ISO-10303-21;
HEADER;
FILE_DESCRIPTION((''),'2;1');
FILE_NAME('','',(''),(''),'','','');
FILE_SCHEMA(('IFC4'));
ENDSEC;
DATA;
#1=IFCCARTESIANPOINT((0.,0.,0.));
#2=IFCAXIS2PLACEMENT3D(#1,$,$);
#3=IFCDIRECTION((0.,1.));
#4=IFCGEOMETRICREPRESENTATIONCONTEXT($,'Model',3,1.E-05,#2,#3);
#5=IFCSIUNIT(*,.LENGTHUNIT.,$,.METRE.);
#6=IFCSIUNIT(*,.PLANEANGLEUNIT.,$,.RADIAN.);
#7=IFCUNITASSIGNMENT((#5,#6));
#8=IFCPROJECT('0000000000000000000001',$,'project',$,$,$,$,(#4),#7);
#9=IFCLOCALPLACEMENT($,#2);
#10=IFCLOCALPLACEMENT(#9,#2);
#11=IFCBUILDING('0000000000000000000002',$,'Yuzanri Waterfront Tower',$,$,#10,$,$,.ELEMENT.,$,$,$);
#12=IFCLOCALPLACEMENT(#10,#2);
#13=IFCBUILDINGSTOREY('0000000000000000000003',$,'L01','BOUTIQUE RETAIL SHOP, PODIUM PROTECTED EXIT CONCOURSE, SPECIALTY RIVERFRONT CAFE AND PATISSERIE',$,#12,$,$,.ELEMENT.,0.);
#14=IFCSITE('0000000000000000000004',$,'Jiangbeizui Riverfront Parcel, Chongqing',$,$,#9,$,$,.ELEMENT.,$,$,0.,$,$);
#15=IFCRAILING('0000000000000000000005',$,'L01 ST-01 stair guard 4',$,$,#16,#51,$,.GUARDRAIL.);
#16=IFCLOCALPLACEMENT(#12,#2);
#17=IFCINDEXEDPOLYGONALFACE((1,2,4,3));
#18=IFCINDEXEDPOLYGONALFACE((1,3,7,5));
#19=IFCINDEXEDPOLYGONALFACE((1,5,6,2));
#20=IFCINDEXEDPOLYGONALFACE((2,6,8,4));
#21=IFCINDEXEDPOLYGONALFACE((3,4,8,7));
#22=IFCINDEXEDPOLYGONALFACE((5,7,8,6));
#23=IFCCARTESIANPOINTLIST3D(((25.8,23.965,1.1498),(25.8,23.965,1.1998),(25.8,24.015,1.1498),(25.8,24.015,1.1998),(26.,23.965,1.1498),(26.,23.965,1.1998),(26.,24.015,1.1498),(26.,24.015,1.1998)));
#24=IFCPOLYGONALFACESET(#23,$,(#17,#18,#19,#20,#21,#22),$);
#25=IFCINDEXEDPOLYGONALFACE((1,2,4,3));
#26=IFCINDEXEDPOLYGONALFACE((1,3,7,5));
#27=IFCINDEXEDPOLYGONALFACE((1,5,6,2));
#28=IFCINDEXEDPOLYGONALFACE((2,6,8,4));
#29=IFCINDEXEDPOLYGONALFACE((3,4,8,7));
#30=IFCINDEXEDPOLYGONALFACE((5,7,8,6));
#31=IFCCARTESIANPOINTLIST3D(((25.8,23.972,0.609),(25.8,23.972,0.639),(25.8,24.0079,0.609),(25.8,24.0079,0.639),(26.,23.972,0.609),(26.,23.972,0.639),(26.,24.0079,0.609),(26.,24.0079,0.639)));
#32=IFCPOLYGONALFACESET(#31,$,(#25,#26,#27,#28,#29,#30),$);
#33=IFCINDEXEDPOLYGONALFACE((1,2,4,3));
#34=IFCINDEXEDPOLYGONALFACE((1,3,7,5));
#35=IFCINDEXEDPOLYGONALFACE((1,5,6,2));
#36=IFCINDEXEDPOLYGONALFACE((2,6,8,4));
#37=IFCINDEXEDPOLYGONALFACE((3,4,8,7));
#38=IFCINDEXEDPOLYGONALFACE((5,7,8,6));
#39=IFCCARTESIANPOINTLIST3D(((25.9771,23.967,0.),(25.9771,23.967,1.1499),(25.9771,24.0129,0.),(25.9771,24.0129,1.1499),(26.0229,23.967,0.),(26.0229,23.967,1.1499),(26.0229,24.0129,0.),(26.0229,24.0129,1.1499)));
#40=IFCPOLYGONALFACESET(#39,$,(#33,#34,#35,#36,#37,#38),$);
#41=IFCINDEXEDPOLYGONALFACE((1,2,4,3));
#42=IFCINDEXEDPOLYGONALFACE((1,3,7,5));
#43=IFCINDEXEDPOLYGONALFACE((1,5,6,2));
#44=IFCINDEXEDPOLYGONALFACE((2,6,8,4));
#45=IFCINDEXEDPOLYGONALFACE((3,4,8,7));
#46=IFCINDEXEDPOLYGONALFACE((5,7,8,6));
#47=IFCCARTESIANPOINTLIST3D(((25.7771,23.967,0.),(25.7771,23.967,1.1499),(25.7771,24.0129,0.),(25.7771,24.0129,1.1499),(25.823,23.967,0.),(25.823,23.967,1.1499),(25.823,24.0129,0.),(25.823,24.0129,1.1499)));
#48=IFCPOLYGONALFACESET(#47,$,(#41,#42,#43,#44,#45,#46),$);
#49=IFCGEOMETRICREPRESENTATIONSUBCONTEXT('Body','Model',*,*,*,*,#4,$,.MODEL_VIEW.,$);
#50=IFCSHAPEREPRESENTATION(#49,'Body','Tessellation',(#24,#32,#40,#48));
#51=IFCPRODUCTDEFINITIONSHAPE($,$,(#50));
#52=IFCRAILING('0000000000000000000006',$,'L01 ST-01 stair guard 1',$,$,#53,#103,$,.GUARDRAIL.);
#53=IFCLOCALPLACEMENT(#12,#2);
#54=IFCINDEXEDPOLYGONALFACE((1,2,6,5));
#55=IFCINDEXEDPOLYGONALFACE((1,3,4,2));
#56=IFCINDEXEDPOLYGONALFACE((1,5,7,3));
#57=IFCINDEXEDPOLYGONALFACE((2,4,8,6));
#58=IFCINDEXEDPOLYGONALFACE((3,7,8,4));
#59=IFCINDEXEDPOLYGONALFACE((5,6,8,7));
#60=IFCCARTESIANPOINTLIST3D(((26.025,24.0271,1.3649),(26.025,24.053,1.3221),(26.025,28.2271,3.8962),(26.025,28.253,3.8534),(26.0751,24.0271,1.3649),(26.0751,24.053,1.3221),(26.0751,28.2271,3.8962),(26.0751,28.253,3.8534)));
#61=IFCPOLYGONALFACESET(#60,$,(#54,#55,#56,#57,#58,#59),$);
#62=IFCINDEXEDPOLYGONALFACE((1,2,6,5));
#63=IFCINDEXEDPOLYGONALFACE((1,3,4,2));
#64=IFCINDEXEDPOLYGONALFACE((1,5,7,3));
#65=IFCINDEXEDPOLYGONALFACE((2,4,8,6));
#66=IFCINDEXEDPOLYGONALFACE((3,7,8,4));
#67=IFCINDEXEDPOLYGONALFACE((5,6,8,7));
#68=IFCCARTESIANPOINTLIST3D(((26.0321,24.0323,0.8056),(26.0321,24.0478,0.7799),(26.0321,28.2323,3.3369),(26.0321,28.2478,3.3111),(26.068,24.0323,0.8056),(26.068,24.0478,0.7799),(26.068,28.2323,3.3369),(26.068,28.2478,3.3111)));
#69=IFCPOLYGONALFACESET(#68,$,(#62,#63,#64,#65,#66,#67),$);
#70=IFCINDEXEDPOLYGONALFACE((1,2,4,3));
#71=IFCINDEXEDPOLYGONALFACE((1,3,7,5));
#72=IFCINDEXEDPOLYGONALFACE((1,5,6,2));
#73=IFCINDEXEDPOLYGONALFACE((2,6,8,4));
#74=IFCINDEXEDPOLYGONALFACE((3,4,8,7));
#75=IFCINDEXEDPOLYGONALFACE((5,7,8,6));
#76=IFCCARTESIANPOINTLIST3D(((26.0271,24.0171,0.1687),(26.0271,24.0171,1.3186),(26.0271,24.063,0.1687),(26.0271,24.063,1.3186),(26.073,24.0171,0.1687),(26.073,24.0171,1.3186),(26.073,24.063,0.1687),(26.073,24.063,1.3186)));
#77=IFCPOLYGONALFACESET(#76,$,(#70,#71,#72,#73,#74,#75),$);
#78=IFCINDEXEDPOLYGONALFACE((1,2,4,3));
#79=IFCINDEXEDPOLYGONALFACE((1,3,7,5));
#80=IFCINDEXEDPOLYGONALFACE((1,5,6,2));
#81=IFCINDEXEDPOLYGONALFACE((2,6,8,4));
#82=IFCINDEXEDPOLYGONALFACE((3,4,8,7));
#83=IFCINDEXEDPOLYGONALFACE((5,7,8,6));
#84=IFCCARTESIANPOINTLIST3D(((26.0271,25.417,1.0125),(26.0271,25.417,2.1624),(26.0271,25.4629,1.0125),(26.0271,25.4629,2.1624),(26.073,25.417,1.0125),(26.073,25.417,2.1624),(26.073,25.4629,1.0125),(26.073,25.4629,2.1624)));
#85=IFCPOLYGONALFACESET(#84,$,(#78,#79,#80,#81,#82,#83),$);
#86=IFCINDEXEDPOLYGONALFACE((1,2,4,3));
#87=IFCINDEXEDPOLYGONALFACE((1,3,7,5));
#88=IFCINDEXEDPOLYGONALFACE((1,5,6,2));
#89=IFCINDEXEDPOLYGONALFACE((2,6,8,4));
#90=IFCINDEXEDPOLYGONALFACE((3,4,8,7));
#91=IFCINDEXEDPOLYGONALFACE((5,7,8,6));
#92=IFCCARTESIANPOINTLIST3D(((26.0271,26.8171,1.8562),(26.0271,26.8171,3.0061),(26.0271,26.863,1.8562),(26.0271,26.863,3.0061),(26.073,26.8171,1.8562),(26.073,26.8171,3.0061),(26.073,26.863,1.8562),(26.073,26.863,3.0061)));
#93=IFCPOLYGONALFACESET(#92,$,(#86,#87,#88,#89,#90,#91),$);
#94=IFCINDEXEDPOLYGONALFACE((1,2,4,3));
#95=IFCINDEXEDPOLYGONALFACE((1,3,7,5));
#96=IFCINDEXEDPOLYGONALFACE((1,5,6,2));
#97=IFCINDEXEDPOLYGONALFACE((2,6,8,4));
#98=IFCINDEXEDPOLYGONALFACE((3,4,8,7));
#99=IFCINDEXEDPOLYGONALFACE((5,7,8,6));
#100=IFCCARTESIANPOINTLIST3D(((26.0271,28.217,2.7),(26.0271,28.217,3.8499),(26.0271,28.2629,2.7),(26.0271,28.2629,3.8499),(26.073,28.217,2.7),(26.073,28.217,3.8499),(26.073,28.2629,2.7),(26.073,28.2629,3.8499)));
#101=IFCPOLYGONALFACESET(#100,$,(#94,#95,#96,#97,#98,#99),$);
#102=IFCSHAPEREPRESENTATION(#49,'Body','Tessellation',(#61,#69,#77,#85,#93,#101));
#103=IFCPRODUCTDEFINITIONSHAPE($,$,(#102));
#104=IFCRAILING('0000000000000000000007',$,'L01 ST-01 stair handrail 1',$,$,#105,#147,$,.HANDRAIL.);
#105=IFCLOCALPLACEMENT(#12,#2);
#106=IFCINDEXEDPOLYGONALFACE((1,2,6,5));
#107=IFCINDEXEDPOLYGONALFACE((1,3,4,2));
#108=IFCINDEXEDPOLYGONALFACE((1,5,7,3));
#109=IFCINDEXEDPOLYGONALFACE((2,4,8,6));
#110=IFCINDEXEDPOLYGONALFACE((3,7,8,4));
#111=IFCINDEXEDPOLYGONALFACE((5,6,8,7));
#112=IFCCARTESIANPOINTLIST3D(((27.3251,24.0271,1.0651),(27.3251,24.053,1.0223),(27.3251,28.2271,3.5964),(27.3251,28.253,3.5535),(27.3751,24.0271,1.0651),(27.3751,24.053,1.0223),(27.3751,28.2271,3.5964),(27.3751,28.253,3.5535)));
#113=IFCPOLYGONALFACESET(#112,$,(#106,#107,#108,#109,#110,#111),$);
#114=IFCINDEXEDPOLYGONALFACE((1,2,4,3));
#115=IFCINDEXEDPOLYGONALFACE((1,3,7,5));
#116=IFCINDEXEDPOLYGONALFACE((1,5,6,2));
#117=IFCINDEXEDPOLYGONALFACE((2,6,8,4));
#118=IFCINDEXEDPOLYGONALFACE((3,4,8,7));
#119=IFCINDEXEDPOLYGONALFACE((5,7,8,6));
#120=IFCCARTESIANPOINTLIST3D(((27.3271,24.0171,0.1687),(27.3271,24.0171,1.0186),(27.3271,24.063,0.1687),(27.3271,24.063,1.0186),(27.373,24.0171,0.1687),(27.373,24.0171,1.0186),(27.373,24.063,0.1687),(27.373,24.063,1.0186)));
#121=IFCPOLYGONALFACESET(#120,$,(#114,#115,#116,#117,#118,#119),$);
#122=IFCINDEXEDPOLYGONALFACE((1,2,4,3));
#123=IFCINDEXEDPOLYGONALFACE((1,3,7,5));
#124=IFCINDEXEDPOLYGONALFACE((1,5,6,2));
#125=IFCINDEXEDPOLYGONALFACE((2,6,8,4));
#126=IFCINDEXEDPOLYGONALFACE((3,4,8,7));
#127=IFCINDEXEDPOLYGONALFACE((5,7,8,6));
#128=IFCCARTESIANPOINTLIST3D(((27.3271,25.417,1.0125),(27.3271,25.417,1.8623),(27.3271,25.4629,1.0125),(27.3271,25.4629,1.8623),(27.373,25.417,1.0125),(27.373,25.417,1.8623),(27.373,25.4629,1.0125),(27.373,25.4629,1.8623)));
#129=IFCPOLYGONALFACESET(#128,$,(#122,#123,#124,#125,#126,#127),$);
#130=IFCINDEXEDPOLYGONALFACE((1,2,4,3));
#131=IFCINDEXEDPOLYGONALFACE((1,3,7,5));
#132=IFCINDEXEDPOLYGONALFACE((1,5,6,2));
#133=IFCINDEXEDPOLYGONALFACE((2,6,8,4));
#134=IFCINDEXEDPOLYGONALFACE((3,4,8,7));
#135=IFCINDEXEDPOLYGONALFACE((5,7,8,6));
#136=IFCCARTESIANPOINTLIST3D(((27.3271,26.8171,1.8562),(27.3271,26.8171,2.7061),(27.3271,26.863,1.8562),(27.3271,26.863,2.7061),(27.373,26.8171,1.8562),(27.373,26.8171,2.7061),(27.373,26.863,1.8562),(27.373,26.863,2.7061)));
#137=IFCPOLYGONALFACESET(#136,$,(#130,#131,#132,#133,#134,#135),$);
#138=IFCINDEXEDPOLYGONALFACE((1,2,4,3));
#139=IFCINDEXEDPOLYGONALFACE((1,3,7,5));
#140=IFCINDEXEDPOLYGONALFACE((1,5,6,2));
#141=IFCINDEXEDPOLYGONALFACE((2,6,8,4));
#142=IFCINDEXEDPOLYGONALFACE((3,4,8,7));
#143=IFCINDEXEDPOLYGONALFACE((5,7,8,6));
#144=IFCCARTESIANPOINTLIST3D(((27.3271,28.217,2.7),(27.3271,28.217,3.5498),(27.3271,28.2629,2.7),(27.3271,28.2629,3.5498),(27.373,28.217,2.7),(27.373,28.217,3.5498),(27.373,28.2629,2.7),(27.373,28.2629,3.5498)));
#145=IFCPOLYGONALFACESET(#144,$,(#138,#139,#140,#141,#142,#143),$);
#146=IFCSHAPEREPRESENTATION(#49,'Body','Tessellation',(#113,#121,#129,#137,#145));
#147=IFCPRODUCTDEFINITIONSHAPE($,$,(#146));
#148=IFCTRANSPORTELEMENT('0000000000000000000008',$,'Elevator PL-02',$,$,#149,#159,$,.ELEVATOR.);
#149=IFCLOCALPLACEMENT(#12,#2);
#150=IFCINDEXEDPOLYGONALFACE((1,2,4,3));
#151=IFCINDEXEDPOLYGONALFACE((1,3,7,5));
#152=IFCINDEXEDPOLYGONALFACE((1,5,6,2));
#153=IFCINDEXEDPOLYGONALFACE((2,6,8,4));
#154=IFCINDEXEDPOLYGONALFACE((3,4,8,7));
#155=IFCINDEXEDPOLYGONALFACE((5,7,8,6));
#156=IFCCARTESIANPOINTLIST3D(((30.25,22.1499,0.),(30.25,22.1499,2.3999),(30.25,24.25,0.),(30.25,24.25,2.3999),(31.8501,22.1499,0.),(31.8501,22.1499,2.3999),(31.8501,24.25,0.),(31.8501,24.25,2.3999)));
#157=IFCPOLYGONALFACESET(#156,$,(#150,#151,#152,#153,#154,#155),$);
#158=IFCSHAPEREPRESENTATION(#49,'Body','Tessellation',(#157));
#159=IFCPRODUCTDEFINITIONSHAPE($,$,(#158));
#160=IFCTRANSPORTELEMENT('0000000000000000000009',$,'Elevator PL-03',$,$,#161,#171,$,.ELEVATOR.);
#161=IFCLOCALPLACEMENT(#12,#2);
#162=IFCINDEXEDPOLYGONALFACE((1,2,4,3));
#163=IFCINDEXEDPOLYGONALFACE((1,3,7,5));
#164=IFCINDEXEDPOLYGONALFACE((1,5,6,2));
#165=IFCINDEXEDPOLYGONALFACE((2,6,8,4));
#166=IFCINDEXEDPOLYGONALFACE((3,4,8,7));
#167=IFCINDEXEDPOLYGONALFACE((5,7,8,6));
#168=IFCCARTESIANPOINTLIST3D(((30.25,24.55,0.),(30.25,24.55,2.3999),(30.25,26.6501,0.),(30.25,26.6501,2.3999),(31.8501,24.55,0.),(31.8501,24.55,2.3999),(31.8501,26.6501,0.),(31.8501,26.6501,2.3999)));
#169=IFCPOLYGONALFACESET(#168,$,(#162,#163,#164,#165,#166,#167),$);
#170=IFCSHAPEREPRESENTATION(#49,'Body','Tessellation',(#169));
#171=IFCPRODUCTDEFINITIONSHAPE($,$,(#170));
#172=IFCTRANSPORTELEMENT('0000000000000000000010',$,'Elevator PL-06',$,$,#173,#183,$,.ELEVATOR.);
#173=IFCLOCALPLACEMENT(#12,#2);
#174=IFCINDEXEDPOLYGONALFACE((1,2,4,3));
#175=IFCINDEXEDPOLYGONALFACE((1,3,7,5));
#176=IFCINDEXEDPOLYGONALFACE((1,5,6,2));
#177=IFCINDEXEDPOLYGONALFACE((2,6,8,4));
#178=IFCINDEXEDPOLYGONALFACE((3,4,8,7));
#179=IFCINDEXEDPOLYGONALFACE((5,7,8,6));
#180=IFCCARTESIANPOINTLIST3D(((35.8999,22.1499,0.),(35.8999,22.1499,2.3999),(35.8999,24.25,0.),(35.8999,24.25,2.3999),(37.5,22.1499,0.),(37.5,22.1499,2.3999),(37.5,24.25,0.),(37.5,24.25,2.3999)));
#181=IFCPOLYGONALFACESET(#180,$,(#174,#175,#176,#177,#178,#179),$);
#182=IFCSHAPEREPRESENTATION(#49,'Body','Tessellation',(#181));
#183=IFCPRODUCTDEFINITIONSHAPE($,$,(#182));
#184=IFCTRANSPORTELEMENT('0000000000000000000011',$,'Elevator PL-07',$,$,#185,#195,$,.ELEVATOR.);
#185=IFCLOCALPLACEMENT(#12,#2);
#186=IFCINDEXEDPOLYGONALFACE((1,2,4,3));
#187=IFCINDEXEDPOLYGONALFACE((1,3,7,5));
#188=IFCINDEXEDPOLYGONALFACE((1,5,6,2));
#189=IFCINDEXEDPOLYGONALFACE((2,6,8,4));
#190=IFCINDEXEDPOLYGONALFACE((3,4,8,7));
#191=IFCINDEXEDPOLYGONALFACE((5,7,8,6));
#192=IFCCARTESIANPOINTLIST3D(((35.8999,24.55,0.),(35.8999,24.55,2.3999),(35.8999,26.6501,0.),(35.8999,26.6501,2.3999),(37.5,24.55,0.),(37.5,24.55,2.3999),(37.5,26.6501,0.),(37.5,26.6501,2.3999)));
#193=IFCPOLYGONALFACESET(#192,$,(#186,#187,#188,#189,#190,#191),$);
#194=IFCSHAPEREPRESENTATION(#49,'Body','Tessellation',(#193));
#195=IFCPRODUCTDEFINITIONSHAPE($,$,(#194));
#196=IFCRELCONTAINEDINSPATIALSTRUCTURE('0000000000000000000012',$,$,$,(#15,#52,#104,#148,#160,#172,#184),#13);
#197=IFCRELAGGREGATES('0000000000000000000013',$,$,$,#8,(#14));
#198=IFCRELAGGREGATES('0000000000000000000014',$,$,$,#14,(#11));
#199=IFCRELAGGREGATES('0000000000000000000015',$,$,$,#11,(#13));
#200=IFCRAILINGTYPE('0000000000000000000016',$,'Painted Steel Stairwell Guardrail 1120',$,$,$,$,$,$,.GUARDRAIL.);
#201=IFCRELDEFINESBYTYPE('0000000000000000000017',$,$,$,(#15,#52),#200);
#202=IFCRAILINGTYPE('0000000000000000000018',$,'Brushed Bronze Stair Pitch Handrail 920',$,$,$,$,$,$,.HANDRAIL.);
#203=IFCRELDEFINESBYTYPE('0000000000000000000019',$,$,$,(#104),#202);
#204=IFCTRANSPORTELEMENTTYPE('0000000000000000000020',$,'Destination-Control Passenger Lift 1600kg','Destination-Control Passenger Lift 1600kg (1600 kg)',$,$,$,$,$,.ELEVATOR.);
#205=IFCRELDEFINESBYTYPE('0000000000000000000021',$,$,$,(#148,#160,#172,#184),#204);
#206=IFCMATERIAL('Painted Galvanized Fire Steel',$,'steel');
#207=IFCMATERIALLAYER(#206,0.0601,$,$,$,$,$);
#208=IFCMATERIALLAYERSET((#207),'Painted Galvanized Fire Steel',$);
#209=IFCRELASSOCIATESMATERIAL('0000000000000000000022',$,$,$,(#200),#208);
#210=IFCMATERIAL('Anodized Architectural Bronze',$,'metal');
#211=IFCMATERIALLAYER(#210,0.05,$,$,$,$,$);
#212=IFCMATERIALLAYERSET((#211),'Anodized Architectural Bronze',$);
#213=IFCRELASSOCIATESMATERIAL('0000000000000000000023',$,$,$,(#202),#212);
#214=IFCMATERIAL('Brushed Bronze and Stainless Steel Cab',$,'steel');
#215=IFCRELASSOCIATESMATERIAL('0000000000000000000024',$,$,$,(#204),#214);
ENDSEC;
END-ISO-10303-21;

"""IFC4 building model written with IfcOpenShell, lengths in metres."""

from ifc_helpers import new_model, si_unit, direction, frame, origin, origin_2d, place, context, subcontext, project, spatial, rectangle, extrude, source, transform, mapped, material, layer, layer_set, type_object, element, save


model = new_model("IFC4")

# Units and contexts
model_context = context("Model", 3, precision=1e-05, world=origin(), true_north=direction((0.0, 1.0)))
body_context = subcontext(model_context, "Body", "Model", "MODEL_VIEW")
ifc_project = project(units=[si_unit("LENGTHUNIT", "METRE"), si_unit("PLANEANGLEUNIT", "RADIAN")], contexts=[model_context])

# Site, building, storey
site_placement = place(None, origin())
site = spatial("IfcSite", under=ifc_project, at=site_placement, Name="Jiangbeizui Riverfront Parcel, Chongqing", CompositionType="ELEMENT", RefElevation=0.0)
building_placement = place(site_placement, origin())
building = spatial("IfcBuilding", under=site, at=building_placement, Name="Yuzanri Waterfront Tower", CompositionType="ELEMENT")
storey_placement = place(building_placement, origin())
storey = spatial("IfcBuildingStorey", under=building, at=storey_placement, Name="L01", Description="BOUTIQUE RETAIL SHOP, PODIUM PROTECTED EXIT CONCOURSE, SPECIALTY RIVERFRONT CAFE AND PATISSERIE", CompositionType="ELEMENT", Elevation=0.0)

# Railings
ifc_material_1 = material(Name="Painted Galvanized Fire Steel", Category="steel")
ifc_layer_1 = layer(ifc_material_1, 0.0601)
ifc_layer_set_1 = layer_set([ifc_layer_1], Name="Painted Galvanized Fire Steel")
railing_type_1 = type_object("IfcRailingType", Name="Painted Steel Stairwell Guardrail 1120", PredefinedType="GUARDRAIL", material=ifc_layer_set_1)
shared_shape_1 = source(origin(), body_context, "Body", "SweptSolid", [
    extrude(rectangle(XDim=0.05, YDim=0.05, at=origin_2d()), frame((0.0, 0.0, 1.1748), z_axis=(-1.0, 0.0, 0.0), x_axis=(0.0, -1.0, 0.0)), (0.0, 0.0, 1.0), 0.2),
    extrude(rectangle(XDim=0.0359, YDim=0.03, at=origin_2d()), frame((0.0, 0.0, 0.624), z_axis=(-1.0, 0.0, 0.0), x_axis=(0.0, -1.0, 0.0)), (0.0, 0.0, 1.0), 0.2),
    extrude(rectangle(XDim=0.0459, YDim=0.0459, at=origin_2d()), origin(), (0.0, 0.0, 1.0), 1.1499),
    extrude(rectangle(XDim=0.0459, YDim=0.0459, at=origin_2d()), frame((-0.2, 0.0, 0.0)), (0.0, 0.0, 1.0), 1.1499),
])
railing_1_placement = place(storey_placement, frame((26.0, 23.99, 0.0)))
element("IfcRailing", 1, at=railing_1_placement, inside=storey, type_object=railing_type_1, Name="L01 ST-01 stair guard 4", PredefinedType="GUARDRAIL", context=body_context, shape_type="MappedRepresentation", body=[
    mapped(shared_shape_1, transform((0.0, 0.0, 0.0), scale=1.0)),
])
shared_shape_2 = source(origin(), body_context, "Body", "SweptSolid", [
    extrude(rectangle(XDim=0.05, YDim=0.05, at=origin_2d()), frame((0.0, 0.0, 1.1748), z_axis=(0.0, 0.856476, 0.516186), x_axis=(-1.0, 0.0, 0.0)), (0.0, 0.0, 1.0), 4.9038),
    extrude(rectangle(XDim=0.0359, YDim=0.03, at=origin_2d()), frame((0.0, 0.0, 0.624), z_axis=(0.0, 0.856476, 0.516186), x_axis=(-1.0, 0.0, 0.0)), (0.0, 0.0, 1.0), 4.9038),
    extrude(rectangle(XDim=0.0459, YDim=0.0459, at=origin_2d()), origin(), (0.0, 0.0, 1.0), 1.1499),
    extrude(rectangle(XDim=0.0459, YDim=0.0459, at=origin_2d()), frame((0.0, 1.3999, 0.8438)), (0.0, 0.0, 1.0), 1.1499),
    extrude(rectangle(XDim=0.0459, YDim=0.0459, at=origin_2d()), frame((0.0, 2.8, 1.6875)), (0.0, 0.0, 1.0), 1.1499),
    extrude(rectangle(XDim=0.0459, YDim=0.0459, at=origin_2d()), frame((0.0, 4.2, 2.5312)), (0.0, 0.0, 1.0), 1.1499),
])
railing_2_placement = place(storey_placement, frame((26.05, 24.04, 0.1687)))
element("IfcRailing", 2, at=railing_2_placement, inside=storey, type_object=railing_type_1, Name="L01 ST-01 stair guard 1", PredefinedType="GUARDRAIL", context=body_context, shape_type="MappedRepresentation", body=[
    mapped(shared_shape_2, transform((0.0, 0.0, 0.0), scale=1.0)),
])
ifc_material_2 = material(Name="Anodized Architectural Bronze", Category="metal")
ifc_layer_2 = layer(ifc_material_2, 0.05)
ifc_layer_set_2 = layer_set([ifc_layer_2], Name="Anodized Architectural Bronze")
railing_type_2 = type_object("IfcRailingType", Name="Brushed Bronze Stair Pitch Handrail 920", PredefinedType="HANDRAIL", material=ifc_layer_set_2)
shared_shape_3 = source(origin(), body_context, "Body", "SweptSolid", [
    extrude(rectangle(XDim=0.05, YDim=0.05, at=origin_2d()), frame((0.0, 0.0, 0.875), z_axis=(0.0, 0.856476, 0.516186), x_axis=(-1.0, 0.0, 0.0)), (0.0, 0.0, 1.0), 4.9038),
    extrude(rectangle(XDim=0.0459, YDim=0.0459, at=origin_2d()), origin(), (0.0, 0.0, 1.0), 0.8499),
    extrude(rectangle(XDim=0.0459, YDim=0.0459, at=origin_2d()), frame((0.0, 1.3999, 0.8438)), (0.0, 0.0, 1.0), 0.8499),
    extrude(rectangle(XDim=0.0459, YDim=0.0459, at=origin_2d()), frame((0.0, 2.8, 1.6875)), (0.0, 0.0, 1.0), 0.8499),
    extrude(rectangle(XDim=0.0459, YDim=0.0459, at=origin_2d()), frame((0.0, 4.2, 2.5312)), (0.0, 0.0, 1.0), 0.8499),
])
railing_3_placement = place(storey_placement, frame((27.3501, 24.04, 0.1687)))
element("IfcRailing", 3, at=railing_3_placement, inside=storey, type_object=railing_type_2, Name="L01 ST-01 stair handrail 1", PredefinedType="HANDRAIL", context=body_context, shape_type="MappedRepresentation", body=[
    mapped(shared_shape_3, transform((0.0, 0.0, 0.0), scale=1.0)),
])

# Transport elements
ifc_material_3 = material(Name="Brushed Bronze and Stainless Steel Cab", Category="steel")
transport_element_type = type_object("IfcTransportElementType", Name="Destination-Control Passenger Lift 1600kg", Description="Destination-Control Passenger Lift 1600kg (1600 kg)", PredefinedType="ELEVATOR", material=ifc_material_3)
shared_shape_4 = source(origin(), body_context, "Body", "SweptSolid", [
    extrude(rectangle(XDim=1.6001, YDim=2.1001, at=origin_2d()), origin(), (0.0, 0.0, 1.0), 2.3999),
])
for number, where, z_axis, x_axis, name in (
    (4, (31.05, 23.2, 0.0), (0.0, 0.0, 1.0), (1.0, 0.0, 0.0), "Elevator PL-02"),
    (5, (31.05, 25.6001, 0.0), (0.0, 0.0, 1.0), (1.0, 0.0, 0.0), "Elevator PL-03"),
    (6, (36.7, 23.2, 0.0), (0.0, 0.0, 1.0), (1.0, 0.0, 0.0), "Elevator PL-06"),
    (7, (36.7, 25.6001, 0.0), (0.0, 0.0, 1.0), (1.0, 0.0, 0.0), "Elevator PL-07"),
):
    element("IfcTransportElement", number, at=place(storey_placement, frame(where, z_axis=z_axis, x_axis=x_axis)), inside=storey, type_object=transport_element_type, Name=name, PredefinedType="ELEVATOR", context=body_context, shape_type="MappedRepresentation", body=[
        mapped(shared_shape_4, transform((0.0, 0.0, 0.0), scale=1.0)),
    ])

save(model, "model.ifc")
